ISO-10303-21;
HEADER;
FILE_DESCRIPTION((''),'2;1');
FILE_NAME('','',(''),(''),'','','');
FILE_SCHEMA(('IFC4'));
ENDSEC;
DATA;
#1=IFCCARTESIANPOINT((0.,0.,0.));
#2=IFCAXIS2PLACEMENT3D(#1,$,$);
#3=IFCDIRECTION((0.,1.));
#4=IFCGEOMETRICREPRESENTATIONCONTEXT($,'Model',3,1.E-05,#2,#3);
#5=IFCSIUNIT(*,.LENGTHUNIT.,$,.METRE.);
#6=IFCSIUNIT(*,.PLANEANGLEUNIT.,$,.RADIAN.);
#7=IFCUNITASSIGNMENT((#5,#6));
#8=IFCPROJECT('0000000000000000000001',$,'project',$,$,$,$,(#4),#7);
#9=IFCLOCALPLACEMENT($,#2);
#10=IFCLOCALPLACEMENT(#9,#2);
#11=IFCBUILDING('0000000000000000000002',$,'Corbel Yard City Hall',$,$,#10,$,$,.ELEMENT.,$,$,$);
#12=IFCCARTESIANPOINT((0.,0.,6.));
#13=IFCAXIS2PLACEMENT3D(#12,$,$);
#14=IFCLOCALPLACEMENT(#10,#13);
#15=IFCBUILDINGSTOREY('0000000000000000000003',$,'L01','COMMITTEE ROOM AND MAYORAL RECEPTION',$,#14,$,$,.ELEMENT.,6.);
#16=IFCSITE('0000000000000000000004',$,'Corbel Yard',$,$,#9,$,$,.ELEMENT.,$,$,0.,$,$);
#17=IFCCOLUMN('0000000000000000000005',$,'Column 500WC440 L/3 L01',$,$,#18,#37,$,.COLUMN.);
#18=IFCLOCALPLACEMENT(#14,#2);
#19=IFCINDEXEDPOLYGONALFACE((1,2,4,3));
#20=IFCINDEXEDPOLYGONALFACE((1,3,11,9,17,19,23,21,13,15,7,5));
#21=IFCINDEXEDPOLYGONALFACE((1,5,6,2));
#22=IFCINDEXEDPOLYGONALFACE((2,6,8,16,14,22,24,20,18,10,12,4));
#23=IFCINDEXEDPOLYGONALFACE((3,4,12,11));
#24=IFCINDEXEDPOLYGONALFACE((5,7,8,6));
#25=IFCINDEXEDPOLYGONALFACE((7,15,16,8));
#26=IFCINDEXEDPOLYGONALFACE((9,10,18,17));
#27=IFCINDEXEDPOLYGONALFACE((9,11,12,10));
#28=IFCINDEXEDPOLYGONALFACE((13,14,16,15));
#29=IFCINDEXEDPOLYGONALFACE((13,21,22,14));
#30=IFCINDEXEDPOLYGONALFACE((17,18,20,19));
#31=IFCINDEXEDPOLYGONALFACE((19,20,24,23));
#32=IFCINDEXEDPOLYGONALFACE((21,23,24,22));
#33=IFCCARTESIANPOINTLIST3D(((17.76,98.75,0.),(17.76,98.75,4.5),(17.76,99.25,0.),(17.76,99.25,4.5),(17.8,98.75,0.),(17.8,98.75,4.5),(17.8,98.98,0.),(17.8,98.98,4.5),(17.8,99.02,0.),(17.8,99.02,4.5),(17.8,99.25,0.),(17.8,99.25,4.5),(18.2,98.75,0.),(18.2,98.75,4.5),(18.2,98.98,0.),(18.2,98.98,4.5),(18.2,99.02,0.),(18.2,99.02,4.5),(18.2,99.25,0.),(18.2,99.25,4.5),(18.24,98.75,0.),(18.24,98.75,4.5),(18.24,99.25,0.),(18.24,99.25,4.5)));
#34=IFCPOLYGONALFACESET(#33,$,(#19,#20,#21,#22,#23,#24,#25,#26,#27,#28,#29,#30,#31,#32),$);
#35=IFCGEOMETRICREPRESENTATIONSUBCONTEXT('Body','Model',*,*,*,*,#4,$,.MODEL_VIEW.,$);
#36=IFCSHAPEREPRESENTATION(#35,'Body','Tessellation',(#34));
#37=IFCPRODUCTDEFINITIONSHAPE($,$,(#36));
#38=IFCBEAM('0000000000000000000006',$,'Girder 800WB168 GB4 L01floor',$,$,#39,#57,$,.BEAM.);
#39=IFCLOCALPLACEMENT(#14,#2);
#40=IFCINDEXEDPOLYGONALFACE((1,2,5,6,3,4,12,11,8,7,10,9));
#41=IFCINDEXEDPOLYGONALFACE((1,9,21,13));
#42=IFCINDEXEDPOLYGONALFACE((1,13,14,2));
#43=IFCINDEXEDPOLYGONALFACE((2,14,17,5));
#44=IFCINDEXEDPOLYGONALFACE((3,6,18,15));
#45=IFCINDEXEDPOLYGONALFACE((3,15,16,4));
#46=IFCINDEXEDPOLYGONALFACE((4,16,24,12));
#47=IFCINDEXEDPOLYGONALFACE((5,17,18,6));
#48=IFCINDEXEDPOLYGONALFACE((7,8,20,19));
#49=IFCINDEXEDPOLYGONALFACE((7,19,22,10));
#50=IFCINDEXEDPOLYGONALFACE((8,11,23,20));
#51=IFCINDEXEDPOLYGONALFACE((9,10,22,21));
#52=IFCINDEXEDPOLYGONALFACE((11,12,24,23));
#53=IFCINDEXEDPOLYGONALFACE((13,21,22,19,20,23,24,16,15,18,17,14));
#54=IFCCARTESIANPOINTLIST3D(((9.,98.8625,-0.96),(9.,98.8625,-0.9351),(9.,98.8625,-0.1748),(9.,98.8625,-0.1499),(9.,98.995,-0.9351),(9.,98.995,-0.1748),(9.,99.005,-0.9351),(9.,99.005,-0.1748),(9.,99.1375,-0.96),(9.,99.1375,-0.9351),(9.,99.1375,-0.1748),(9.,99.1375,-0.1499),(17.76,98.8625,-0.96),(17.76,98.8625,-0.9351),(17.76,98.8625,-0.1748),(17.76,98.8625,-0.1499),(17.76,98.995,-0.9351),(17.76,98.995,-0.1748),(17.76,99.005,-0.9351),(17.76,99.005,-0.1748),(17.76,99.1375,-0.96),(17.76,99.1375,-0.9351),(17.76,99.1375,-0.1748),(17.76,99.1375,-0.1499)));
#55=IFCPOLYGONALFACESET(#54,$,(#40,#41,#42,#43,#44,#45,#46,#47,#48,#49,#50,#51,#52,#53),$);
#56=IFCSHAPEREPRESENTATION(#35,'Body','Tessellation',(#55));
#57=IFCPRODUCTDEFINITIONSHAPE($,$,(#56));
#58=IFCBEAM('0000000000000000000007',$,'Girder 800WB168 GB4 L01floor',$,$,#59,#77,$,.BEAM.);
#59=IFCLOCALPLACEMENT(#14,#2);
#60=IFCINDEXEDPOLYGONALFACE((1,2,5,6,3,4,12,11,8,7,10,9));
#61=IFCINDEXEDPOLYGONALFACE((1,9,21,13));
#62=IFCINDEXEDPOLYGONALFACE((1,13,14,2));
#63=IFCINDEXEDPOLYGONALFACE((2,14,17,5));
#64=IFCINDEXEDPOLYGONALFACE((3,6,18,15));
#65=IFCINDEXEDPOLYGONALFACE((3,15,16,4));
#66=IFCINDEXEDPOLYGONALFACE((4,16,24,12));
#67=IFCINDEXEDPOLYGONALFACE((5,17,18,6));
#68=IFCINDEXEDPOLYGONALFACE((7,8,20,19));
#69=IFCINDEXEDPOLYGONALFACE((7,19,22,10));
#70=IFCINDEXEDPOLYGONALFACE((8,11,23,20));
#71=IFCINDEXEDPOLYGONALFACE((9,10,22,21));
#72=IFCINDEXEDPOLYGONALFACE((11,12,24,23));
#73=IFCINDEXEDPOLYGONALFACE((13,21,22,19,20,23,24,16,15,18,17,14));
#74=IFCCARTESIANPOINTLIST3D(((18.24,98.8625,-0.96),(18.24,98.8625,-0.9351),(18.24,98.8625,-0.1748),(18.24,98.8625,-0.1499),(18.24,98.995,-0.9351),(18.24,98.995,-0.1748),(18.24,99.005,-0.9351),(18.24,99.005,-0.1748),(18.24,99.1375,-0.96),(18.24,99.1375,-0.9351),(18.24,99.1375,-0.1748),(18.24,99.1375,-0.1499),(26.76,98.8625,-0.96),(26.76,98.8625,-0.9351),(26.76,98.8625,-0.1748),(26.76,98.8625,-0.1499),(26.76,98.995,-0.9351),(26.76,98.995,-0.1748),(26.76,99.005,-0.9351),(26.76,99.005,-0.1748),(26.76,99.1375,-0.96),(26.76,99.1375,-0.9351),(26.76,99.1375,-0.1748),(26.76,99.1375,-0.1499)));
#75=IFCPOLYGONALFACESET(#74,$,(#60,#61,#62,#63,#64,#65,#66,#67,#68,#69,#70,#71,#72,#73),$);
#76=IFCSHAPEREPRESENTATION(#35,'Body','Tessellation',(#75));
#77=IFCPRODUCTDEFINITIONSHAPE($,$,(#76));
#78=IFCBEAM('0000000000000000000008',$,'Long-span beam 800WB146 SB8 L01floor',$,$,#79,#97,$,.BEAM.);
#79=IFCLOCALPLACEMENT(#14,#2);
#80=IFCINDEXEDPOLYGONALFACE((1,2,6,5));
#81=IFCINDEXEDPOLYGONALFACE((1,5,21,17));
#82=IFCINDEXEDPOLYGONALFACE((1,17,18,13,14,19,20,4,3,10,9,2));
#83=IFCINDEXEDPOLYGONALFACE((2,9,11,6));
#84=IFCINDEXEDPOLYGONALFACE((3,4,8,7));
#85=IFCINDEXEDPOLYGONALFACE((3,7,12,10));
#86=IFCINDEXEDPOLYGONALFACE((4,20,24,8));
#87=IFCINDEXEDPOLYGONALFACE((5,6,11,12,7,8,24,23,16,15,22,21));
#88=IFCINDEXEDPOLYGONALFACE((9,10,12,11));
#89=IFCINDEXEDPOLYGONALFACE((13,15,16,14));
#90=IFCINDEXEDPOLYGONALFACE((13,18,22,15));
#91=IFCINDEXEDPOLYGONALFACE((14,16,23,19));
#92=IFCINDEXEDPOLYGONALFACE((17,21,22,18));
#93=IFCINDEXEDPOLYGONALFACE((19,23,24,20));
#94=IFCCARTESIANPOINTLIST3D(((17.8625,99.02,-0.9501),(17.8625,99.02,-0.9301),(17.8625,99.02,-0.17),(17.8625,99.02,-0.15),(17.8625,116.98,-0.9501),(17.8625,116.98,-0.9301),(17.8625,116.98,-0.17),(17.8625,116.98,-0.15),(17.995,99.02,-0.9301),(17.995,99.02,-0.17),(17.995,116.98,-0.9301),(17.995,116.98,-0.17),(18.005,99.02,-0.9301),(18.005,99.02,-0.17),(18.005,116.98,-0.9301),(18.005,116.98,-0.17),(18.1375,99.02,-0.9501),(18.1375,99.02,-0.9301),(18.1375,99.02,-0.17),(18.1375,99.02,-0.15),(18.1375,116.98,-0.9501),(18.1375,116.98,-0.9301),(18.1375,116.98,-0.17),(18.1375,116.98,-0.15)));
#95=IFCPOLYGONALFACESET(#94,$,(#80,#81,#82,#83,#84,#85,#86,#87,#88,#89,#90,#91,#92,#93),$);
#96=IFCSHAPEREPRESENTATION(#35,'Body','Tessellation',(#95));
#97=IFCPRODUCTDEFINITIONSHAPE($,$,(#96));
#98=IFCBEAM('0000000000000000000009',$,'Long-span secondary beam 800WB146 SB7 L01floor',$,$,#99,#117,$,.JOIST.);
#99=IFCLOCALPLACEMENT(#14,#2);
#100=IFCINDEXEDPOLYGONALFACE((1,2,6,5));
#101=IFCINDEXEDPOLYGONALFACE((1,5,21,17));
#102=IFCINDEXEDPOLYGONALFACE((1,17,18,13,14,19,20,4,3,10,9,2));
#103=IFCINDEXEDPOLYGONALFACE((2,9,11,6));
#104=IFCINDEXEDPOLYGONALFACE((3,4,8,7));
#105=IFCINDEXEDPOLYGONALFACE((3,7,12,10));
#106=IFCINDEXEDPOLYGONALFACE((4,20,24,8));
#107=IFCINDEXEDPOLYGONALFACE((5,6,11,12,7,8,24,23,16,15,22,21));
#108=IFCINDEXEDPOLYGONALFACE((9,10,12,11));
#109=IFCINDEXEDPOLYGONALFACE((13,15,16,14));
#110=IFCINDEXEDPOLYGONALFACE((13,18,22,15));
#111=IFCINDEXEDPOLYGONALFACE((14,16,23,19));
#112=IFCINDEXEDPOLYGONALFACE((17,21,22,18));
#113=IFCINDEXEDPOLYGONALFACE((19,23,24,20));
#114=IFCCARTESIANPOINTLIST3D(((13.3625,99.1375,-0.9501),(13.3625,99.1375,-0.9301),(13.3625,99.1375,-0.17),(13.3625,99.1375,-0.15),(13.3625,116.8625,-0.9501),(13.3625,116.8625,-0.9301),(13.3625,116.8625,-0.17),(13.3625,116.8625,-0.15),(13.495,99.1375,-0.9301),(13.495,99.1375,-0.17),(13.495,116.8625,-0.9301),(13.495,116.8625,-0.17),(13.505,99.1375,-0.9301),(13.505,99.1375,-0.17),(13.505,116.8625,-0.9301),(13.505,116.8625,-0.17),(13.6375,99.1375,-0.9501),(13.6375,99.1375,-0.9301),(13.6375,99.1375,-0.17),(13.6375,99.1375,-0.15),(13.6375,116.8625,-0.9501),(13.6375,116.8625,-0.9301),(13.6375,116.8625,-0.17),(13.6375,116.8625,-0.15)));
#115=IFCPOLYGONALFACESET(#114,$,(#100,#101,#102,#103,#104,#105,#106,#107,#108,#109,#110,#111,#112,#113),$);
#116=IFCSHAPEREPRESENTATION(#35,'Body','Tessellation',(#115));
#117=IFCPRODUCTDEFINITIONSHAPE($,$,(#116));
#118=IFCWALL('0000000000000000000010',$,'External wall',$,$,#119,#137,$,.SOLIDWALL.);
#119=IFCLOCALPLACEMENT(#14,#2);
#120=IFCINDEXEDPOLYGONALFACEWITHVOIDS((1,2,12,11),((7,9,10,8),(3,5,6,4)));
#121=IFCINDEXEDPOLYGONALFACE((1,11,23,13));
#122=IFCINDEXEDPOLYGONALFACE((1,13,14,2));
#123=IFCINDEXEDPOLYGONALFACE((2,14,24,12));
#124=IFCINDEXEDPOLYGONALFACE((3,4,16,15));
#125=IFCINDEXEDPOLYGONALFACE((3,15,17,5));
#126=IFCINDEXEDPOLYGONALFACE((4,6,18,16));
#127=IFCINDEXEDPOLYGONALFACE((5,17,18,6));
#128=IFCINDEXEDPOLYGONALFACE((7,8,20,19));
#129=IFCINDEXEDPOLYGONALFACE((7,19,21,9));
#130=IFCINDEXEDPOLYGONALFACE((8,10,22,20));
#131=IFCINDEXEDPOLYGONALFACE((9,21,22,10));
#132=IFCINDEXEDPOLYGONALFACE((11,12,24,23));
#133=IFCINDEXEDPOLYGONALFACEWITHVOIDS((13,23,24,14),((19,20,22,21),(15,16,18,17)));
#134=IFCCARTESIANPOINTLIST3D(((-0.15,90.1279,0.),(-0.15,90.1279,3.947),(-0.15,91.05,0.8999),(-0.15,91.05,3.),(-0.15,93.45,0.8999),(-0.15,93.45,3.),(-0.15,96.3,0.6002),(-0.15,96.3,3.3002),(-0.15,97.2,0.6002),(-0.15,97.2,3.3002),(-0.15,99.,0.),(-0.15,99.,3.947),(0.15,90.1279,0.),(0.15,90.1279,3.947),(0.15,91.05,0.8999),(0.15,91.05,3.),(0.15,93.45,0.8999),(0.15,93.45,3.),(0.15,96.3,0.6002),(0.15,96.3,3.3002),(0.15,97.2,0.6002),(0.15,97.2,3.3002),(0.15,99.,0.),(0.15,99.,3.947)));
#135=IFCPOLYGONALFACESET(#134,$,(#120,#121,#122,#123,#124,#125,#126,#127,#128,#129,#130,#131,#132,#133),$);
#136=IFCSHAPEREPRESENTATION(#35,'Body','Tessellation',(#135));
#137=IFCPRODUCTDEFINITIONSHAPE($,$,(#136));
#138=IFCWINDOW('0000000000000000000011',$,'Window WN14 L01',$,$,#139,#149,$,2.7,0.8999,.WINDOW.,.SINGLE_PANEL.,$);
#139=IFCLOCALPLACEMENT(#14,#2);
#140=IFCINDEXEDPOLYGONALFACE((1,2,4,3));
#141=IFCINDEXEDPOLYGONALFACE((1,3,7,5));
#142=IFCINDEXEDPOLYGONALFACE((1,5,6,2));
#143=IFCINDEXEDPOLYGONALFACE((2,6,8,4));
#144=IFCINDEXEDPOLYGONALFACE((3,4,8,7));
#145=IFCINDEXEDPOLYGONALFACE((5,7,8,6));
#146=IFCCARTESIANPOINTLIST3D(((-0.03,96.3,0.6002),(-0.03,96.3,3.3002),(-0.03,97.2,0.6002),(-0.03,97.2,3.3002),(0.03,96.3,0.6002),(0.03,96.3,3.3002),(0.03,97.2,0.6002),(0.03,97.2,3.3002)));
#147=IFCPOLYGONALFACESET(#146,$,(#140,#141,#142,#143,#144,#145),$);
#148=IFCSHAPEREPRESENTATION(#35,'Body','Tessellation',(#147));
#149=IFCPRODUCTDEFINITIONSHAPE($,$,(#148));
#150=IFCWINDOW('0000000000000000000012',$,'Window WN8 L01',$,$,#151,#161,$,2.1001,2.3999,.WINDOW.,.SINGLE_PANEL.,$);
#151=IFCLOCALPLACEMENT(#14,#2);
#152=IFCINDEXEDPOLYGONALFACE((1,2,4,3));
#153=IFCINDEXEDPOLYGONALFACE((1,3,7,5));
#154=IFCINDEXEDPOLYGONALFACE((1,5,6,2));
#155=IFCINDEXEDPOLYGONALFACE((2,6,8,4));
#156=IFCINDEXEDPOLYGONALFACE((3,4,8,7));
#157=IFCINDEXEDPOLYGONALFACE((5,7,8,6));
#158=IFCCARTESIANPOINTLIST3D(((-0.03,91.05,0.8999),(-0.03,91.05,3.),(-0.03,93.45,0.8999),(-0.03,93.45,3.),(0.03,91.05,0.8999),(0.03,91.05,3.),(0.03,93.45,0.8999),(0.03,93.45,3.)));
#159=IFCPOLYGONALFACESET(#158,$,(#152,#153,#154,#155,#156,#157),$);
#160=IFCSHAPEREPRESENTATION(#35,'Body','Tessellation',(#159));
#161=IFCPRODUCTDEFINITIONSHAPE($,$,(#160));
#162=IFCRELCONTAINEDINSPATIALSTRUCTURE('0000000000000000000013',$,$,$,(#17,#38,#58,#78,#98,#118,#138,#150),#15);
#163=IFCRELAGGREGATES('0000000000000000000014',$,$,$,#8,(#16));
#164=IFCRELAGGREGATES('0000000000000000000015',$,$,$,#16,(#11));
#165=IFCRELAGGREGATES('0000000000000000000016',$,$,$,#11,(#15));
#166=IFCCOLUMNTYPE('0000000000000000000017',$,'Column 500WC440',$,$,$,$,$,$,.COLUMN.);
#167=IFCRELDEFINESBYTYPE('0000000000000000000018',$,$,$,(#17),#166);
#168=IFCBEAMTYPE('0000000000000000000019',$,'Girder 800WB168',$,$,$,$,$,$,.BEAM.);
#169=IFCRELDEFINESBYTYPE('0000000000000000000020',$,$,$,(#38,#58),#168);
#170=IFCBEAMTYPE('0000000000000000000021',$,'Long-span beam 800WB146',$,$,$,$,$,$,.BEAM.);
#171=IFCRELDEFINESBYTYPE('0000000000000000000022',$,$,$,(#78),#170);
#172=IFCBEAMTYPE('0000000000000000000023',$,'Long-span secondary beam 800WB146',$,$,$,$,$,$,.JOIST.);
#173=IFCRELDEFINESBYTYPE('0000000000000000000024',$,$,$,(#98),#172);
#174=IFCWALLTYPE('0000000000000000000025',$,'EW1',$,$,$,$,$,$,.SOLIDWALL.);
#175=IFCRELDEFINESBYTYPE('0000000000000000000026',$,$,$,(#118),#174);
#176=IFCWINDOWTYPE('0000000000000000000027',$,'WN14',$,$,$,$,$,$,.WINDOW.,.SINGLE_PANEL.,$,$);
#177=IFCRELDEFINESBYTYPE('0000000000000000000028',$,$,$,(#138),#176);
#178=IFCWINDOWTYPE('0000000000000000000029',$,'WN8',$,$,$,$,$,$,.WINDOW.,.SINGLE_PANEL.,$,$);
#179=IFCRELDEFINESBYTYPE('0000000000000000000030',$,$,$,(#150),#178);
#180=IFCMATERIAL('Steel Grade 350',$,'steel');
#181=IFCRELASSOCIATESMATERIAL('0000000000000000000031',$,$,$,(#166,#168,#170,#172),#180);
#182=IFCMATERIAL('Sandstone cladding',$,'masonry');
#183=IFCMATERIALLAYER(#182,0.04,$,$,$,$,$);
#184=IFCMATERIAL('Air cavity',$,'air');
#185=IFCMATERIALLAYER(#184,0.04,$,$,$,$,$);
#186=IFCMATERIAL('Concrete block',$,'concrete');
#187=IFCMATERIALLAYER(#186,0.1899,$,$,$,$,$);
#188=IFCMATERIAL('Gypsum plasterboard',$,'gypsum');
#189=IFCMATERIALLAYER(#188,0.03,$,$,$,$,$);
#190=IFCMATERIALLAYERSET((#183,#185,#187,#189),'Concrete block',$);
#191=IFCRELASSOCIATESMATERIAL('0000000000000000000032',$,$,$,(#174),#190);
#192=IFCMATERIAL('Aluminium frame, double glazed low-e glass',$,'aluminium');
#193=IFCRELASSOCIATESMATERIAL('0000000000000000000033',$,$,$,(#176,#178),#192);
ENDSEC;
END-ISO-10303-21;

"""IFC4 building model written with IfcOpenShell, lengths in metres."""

from ifc_helpers import new_model, si_unit, direction, frame, frame_2d, origin, origin_2d, place, context, subcontext, project, spatial, rectangle, i_section, extrude, material, layer, layer_set, material_profile, profile_set, type_object, element, fill, save


model = new_model("IFC4")

# Units and contexts
model_context = context("Model", 3, precision=1e-05, world=origin(), true_north=direction((0.0, 1.0)))
body_context = subcontext(model_context, "Body", "Model", "MODEL_VIEW")
ifc_project = project(units=[si_unit("LENGTHUNIT", "METRE"), si_unit("PLANEANGLEUNIT", "RADIAN")], contexts=[model_context])

# Site, building, storey
site_placement = place(None, origin())
site = spatial("IfcSite", under=ifc_project, at=site_placement, Name="Corbel Yard", CompositionType="ELEMENT", RefElevation=0.0)
building_placement = place(site_placement, origin())
building = spatial("IfcBuilding", under=site, at=building_placement, Name="Corbel Yard City Hall", CompositionType="ELEMENT")
storey_placement = place(building_placement, frame((0.0, 0.0, 6.0)))
storey = spatial("IfcBuildingStorey", under=building, at=storey_placement, Name="L01", Description="COMMITTEE ROOM AND MAYORAL RECEPTION", CompositionType="ELEMENT", Elevation=6.0)

# Column
ifc_material_1 = material(Name="Steel Grade 350", Category="steel")
ifc_material_profile_1 = material_profile(ifc_material_1, i_section(OverallWidth=0.5, OverallDepth=0.48, WebThickness=0.04, FlangeThickness=0.04, at=origin_2d()), Name="500WC440")
ifc_profile_set_1 = profile_set([ifc_material_profile_1], Name="Steel Grade 350")
column_type = type_object("IfcColumnType", Name="Column 500WC440", PredefinedType="COLUMN", material=ifc_profile_set_1)
column_placement = place(storey_placement, frame((18.0, 99.0, 0.0), z_axis=(0.0, 0.0, 1.0), x_axis=(0.0, 1.0, 0.0)))
element("IfcColumn", 1, at=column_placement, inside=storey, type_object=column_type, Name="Column 500WC440 L/3 L01", PredefinedType="COLUMN", context=body_context, shape_type="SweptSolid", body=[
    extrude(i_section(OverallWidth=0.5, OverallDepth=0.48, WebThickness=0.04, FlangeThickness=0.04, at=origin_2d()), origin(), (0.0, 0.0, 1.0), 4.5),
])

# Beams
ifc_material_profile_2 = material_profile(ifc_material_1, i_section(OverallWidth=0.2749, OverallDepth=0.8101, WebThickness=0.01, FlangeThickness=0.0249, at=origin_2d()), Name="800WB168")
ifc_profile_set_2 = profile_set([ifc_material_profile_2], Name="Steel Grade 350")
beam_type_1 = type_object("IfcBeamType", Name="Girder 800WB168", PredefinedType="BEAM", material=ifc_profile_set_2)
beam_1_placement = place(storey_placement, frame((9.0, 99.0, -0.5549), z_axis=(1.0, 0.0, 0.0), x_axis=(0.0, 1.0, 0.0)))
element("IfcBeam", 2, at=beam_1_placement, inside=storey, type_object=beam_type_1, Name="Girder 800WB168 GB4 L01floor", PredefinedType="BEAM", context=body_context, shape_type="SweptSolid", body=[
    extrude(i_section(OverallWidth=0.2749, OverallDepth=0.8101, WebThickness=0.01, FlangeThickness=0.0249, at=origin_2d()), origin(), (0.0, 0.0, 1.0), 8.76),
])
beam_2_placement = place(storey_placement, frame((18.24, 99.0, -0.5549), z_axis=(1.0, 0.0, 0.0), x_axis=(0.0, 1.0, 0.0)))
element("IfcBeam", 3, at=beam_2_placement, inside=storey, type_object=beam_type_1, Name="Girder 800WB168 GB4 L01floor", PredefinedType="BEAM", context=body_context, shape_type="SweptSolid", body=[
    extrude(i_section(OverallWidth=0.2749, OverallDepth=0.8101, WebThickness=0.01, FlangeThickness=0.0249, at=origin_2d()), origin(), (0.0, 0.0, 1.0), 8.52),
])
ifc_material_profile_3 = material_profile(ifc_material_1, i_section(OverallWidth=0.2749, OverallDepth=0.8, WebThickness=0.01, FlangeThickness=0.02, at=origin_2d()), Name="800WB146")
ifc_profile_set_3 = profile_set([ifc_material_profile_3], Name="Steel Grade 350")
beam_type_2 = type_object("IfcBeamType", Name="Long-span beam 800WB146", PredefinedType="BEAM", material=ifc_profile_set_3)
beam_3_placement = place(storey_placement, frame((18.0, 99.02, -0.55), z_axis=(0.0, 1.0, 0.0), x_axis=(-1.0, 0.0, 0.0)))
element("IfcBeam", 4, at=beam_3_placement, inside=storey, type_object=beam_type_2, Name="Long-span beam 800WB146 SB8 L01floor", PredefinedType="BEAM", context=body_context, shape_type="SweptSolid", body=[
    extrude(i_section(OverallWidth=0.2749, OverallDepth=0.8, WebThickness=0.01, FlangeThickness=0.02, at=origin_2d()), origin(), (0.0, 0.0, 1.0), 17.96),
])
ifc_material_profile_4 = material_profile(ifc_material_1, i_section(OverallWidth=0.2749, OverallDepth=0.8, WebThickness=0.01, FlangeThickness=0.02, at=origin_2d()), Name="800WB146")
ifc_profile_set_4 = profile_set([ifc_material_profile_4], Name="Steel Grade 350")
beam_type_3 = type_object("IfcBeamType", Name="Long-span secondary beam 800WB146", PredefinedType="JOIST", material=ifc_profile_set_4)
beam_4_placement = place(storey_placement, frame((13.5, 99.1375, -0.55), z_axis=(0.0, 1.0, 0.0), x_axis=(-1.0, 0.0, 0.0)))
element("IfcBeam", 5, at=beam_4_placement, inside=storey, type_object=beam_type_3, Name="Long-span secondary beam 800WB146 SB7 L01floor", PredefinedType="JOIST", context=body_context, shape_type="SweptSolid", body=[
    extrude(i_section(OverallWidth=0.2749, OverallDepth=0.8, WebThickness=0.01, FlangeThickness=0.02, at=origin_2d()), origin(), (0.0, 0.0, 1.0), 17.7251),
])

# Wall, openings, windows
ifc_material_2 = material(Name="Sandstone cladding", Category="masonry")
ifc_layer_1 = layer(ifc_material_2, 0.04)
ifc_material_3 = material(Name="Air cavity", Category="air")
ifc_layer_2 = layer(ifc_material_3, 0.04)
ifc_material_4 = material(Name="Concrete block", Category="concrete")
ifc_layer_3 = layer(ifc_material_4, 0.1899)
ifc_material_5 = material(Name="Gypsum plasterboard", Category="gypsum")
ifc_layer_4 = layer(ifc_material_5, 0.03)
ifc_layer_set_1 = layer_set([ifc_layer_1, ifc_layer_2, ifc_layer_3, ifc_layer_4], Name="Concrete block")
wall_type_1 = type_object("IfcWallType", Name="EW1", PredefinedType="SOLIDWALL", material=ifc_layer_set_1)
wall_1_placement = place(storey_placement, frame((0.0, 90.1279, 0.0), z_axis=(0.0, 0.0, 1.0), x_axis=(0.0, 1.0, 0.0)))
wall_1 = element("IfcWall", 6, at=wall_1_placement, inside=storey, type_object=wall_type_1, Name="External wall", PredefinedType="SOLIDWALL", context=body_context, shape_type="SweptSolid", body=[
    extrude(rectangle(XDim=8.8721, YDim=0.3, at=frame_2d((4.436, 0.0))), origin(), (0.0, 0.0, 1.0), 3.947),
])
opening_1_placement = place(wall_1_placement, frame((0.9221, 0.0, 0.8999)))
opening_1 = element("IfcOpeningElement", 7, at=opening_1_placement, cuts=wall_1, PredefinedType="OPENING", context=body_context, shape_type="SweptSolid", body=[
    extrude(rectangle(XDim=2.3999, YDim=2.1001, at=frame_2d((1.2, 1.05))), frame((0.0, 0.1599, 0.0), z_axis=(0.0, -1.0, 0.0), x_axis=(1.0, 0.0, 0.0)), (0.0, 0.0, 1.0), 0.3201),
])
opening_2_placement = place(wall_1_placement, frame((6.1721, 0.0, 0.6001)))
opening_2 = element("IfcOpeningElement", 8, at=opening_2_placement, cuts=wall_1, PredefinedType="OPENING", context=body_context, shape_type="SweptSolid", body=[
    extrude(rectangle(XDim=0.8999, YDim=2.7, at=frame_2d((0.45, 1.3501))), frame((0.0, 0.1599, 0.0), z_axis=(0.0, -1.0, 0.0), x_axis=(1.0, 0.0, 0.0)), (0.0, 0.0, 1.0), 0.3201),
])
ifc_material_6 = material(Name="Aluminium frame, double glazed low-e glass", Category="aluminium")
window_type_1 = type_object("IfcWindowType", Name="WN14", PartitioningType="SINGLE_PANEL", PredefinedType="WINDOW", material=ifc_material_6)
window_1_placement = place(opening_2_placement, origin())
window_1 = element("IfcWindow", 9, at=window_1_placement, inside=storey, type_object=window_type_1, Name="Window WN14 L01", OverallHeight=2.7, OverallWidth=0.8999, PartitioningType="SINGLE_PANEL", PredefinedType="WINDOW", context=body_context, shape_type="SweptSolid", body=[
    extrude(rectangle(XDim=0.8999, YDim=2.7, at=frame_2d((0.45, 1.3501))), frame((0.0, 0.03, 0.0), z_axis=(0.0, -1.0, 0.0), x_axis=(1.0, 0.0, 0.0)), (0.0, 0.0, 1.0), 0.0601),
])
fill(opening_2, window_1)
window_type_2 = type_object("IfcWindowType", Name="WN8", PartitioningType="SINGLE_PANEL", PredefinedType="WINDOW", material=ifc_material_6)
window_2_placement = place(opening_1_placement, origin())
window_2 = element("IfcWindow", 10, at=window_2_placement, inside=storey, type_object=window_type_2, Name="Window WN8 L01", OverallHeight=2.1001, OverallWidth=2.3999, PartitioningType="SINGLE_PANEL", PredefinedType="WINDOW", context=body_context, shape_type="SweptSolid", body=[
    extrude(rectangle(XDim=2.3999, YDim=2.1001, at=frame_2d((1.2, 1.05))), frame((0.0, 0.03, 0.0), z_axis=(0.0, -1.0, 0.0), x_axis=(1.0, 0.0, 0.0)), (0.0, 0.0, 1.0), 0.0601),
])
fill(opening_1, window_2)

save(model, "model.ifc")
